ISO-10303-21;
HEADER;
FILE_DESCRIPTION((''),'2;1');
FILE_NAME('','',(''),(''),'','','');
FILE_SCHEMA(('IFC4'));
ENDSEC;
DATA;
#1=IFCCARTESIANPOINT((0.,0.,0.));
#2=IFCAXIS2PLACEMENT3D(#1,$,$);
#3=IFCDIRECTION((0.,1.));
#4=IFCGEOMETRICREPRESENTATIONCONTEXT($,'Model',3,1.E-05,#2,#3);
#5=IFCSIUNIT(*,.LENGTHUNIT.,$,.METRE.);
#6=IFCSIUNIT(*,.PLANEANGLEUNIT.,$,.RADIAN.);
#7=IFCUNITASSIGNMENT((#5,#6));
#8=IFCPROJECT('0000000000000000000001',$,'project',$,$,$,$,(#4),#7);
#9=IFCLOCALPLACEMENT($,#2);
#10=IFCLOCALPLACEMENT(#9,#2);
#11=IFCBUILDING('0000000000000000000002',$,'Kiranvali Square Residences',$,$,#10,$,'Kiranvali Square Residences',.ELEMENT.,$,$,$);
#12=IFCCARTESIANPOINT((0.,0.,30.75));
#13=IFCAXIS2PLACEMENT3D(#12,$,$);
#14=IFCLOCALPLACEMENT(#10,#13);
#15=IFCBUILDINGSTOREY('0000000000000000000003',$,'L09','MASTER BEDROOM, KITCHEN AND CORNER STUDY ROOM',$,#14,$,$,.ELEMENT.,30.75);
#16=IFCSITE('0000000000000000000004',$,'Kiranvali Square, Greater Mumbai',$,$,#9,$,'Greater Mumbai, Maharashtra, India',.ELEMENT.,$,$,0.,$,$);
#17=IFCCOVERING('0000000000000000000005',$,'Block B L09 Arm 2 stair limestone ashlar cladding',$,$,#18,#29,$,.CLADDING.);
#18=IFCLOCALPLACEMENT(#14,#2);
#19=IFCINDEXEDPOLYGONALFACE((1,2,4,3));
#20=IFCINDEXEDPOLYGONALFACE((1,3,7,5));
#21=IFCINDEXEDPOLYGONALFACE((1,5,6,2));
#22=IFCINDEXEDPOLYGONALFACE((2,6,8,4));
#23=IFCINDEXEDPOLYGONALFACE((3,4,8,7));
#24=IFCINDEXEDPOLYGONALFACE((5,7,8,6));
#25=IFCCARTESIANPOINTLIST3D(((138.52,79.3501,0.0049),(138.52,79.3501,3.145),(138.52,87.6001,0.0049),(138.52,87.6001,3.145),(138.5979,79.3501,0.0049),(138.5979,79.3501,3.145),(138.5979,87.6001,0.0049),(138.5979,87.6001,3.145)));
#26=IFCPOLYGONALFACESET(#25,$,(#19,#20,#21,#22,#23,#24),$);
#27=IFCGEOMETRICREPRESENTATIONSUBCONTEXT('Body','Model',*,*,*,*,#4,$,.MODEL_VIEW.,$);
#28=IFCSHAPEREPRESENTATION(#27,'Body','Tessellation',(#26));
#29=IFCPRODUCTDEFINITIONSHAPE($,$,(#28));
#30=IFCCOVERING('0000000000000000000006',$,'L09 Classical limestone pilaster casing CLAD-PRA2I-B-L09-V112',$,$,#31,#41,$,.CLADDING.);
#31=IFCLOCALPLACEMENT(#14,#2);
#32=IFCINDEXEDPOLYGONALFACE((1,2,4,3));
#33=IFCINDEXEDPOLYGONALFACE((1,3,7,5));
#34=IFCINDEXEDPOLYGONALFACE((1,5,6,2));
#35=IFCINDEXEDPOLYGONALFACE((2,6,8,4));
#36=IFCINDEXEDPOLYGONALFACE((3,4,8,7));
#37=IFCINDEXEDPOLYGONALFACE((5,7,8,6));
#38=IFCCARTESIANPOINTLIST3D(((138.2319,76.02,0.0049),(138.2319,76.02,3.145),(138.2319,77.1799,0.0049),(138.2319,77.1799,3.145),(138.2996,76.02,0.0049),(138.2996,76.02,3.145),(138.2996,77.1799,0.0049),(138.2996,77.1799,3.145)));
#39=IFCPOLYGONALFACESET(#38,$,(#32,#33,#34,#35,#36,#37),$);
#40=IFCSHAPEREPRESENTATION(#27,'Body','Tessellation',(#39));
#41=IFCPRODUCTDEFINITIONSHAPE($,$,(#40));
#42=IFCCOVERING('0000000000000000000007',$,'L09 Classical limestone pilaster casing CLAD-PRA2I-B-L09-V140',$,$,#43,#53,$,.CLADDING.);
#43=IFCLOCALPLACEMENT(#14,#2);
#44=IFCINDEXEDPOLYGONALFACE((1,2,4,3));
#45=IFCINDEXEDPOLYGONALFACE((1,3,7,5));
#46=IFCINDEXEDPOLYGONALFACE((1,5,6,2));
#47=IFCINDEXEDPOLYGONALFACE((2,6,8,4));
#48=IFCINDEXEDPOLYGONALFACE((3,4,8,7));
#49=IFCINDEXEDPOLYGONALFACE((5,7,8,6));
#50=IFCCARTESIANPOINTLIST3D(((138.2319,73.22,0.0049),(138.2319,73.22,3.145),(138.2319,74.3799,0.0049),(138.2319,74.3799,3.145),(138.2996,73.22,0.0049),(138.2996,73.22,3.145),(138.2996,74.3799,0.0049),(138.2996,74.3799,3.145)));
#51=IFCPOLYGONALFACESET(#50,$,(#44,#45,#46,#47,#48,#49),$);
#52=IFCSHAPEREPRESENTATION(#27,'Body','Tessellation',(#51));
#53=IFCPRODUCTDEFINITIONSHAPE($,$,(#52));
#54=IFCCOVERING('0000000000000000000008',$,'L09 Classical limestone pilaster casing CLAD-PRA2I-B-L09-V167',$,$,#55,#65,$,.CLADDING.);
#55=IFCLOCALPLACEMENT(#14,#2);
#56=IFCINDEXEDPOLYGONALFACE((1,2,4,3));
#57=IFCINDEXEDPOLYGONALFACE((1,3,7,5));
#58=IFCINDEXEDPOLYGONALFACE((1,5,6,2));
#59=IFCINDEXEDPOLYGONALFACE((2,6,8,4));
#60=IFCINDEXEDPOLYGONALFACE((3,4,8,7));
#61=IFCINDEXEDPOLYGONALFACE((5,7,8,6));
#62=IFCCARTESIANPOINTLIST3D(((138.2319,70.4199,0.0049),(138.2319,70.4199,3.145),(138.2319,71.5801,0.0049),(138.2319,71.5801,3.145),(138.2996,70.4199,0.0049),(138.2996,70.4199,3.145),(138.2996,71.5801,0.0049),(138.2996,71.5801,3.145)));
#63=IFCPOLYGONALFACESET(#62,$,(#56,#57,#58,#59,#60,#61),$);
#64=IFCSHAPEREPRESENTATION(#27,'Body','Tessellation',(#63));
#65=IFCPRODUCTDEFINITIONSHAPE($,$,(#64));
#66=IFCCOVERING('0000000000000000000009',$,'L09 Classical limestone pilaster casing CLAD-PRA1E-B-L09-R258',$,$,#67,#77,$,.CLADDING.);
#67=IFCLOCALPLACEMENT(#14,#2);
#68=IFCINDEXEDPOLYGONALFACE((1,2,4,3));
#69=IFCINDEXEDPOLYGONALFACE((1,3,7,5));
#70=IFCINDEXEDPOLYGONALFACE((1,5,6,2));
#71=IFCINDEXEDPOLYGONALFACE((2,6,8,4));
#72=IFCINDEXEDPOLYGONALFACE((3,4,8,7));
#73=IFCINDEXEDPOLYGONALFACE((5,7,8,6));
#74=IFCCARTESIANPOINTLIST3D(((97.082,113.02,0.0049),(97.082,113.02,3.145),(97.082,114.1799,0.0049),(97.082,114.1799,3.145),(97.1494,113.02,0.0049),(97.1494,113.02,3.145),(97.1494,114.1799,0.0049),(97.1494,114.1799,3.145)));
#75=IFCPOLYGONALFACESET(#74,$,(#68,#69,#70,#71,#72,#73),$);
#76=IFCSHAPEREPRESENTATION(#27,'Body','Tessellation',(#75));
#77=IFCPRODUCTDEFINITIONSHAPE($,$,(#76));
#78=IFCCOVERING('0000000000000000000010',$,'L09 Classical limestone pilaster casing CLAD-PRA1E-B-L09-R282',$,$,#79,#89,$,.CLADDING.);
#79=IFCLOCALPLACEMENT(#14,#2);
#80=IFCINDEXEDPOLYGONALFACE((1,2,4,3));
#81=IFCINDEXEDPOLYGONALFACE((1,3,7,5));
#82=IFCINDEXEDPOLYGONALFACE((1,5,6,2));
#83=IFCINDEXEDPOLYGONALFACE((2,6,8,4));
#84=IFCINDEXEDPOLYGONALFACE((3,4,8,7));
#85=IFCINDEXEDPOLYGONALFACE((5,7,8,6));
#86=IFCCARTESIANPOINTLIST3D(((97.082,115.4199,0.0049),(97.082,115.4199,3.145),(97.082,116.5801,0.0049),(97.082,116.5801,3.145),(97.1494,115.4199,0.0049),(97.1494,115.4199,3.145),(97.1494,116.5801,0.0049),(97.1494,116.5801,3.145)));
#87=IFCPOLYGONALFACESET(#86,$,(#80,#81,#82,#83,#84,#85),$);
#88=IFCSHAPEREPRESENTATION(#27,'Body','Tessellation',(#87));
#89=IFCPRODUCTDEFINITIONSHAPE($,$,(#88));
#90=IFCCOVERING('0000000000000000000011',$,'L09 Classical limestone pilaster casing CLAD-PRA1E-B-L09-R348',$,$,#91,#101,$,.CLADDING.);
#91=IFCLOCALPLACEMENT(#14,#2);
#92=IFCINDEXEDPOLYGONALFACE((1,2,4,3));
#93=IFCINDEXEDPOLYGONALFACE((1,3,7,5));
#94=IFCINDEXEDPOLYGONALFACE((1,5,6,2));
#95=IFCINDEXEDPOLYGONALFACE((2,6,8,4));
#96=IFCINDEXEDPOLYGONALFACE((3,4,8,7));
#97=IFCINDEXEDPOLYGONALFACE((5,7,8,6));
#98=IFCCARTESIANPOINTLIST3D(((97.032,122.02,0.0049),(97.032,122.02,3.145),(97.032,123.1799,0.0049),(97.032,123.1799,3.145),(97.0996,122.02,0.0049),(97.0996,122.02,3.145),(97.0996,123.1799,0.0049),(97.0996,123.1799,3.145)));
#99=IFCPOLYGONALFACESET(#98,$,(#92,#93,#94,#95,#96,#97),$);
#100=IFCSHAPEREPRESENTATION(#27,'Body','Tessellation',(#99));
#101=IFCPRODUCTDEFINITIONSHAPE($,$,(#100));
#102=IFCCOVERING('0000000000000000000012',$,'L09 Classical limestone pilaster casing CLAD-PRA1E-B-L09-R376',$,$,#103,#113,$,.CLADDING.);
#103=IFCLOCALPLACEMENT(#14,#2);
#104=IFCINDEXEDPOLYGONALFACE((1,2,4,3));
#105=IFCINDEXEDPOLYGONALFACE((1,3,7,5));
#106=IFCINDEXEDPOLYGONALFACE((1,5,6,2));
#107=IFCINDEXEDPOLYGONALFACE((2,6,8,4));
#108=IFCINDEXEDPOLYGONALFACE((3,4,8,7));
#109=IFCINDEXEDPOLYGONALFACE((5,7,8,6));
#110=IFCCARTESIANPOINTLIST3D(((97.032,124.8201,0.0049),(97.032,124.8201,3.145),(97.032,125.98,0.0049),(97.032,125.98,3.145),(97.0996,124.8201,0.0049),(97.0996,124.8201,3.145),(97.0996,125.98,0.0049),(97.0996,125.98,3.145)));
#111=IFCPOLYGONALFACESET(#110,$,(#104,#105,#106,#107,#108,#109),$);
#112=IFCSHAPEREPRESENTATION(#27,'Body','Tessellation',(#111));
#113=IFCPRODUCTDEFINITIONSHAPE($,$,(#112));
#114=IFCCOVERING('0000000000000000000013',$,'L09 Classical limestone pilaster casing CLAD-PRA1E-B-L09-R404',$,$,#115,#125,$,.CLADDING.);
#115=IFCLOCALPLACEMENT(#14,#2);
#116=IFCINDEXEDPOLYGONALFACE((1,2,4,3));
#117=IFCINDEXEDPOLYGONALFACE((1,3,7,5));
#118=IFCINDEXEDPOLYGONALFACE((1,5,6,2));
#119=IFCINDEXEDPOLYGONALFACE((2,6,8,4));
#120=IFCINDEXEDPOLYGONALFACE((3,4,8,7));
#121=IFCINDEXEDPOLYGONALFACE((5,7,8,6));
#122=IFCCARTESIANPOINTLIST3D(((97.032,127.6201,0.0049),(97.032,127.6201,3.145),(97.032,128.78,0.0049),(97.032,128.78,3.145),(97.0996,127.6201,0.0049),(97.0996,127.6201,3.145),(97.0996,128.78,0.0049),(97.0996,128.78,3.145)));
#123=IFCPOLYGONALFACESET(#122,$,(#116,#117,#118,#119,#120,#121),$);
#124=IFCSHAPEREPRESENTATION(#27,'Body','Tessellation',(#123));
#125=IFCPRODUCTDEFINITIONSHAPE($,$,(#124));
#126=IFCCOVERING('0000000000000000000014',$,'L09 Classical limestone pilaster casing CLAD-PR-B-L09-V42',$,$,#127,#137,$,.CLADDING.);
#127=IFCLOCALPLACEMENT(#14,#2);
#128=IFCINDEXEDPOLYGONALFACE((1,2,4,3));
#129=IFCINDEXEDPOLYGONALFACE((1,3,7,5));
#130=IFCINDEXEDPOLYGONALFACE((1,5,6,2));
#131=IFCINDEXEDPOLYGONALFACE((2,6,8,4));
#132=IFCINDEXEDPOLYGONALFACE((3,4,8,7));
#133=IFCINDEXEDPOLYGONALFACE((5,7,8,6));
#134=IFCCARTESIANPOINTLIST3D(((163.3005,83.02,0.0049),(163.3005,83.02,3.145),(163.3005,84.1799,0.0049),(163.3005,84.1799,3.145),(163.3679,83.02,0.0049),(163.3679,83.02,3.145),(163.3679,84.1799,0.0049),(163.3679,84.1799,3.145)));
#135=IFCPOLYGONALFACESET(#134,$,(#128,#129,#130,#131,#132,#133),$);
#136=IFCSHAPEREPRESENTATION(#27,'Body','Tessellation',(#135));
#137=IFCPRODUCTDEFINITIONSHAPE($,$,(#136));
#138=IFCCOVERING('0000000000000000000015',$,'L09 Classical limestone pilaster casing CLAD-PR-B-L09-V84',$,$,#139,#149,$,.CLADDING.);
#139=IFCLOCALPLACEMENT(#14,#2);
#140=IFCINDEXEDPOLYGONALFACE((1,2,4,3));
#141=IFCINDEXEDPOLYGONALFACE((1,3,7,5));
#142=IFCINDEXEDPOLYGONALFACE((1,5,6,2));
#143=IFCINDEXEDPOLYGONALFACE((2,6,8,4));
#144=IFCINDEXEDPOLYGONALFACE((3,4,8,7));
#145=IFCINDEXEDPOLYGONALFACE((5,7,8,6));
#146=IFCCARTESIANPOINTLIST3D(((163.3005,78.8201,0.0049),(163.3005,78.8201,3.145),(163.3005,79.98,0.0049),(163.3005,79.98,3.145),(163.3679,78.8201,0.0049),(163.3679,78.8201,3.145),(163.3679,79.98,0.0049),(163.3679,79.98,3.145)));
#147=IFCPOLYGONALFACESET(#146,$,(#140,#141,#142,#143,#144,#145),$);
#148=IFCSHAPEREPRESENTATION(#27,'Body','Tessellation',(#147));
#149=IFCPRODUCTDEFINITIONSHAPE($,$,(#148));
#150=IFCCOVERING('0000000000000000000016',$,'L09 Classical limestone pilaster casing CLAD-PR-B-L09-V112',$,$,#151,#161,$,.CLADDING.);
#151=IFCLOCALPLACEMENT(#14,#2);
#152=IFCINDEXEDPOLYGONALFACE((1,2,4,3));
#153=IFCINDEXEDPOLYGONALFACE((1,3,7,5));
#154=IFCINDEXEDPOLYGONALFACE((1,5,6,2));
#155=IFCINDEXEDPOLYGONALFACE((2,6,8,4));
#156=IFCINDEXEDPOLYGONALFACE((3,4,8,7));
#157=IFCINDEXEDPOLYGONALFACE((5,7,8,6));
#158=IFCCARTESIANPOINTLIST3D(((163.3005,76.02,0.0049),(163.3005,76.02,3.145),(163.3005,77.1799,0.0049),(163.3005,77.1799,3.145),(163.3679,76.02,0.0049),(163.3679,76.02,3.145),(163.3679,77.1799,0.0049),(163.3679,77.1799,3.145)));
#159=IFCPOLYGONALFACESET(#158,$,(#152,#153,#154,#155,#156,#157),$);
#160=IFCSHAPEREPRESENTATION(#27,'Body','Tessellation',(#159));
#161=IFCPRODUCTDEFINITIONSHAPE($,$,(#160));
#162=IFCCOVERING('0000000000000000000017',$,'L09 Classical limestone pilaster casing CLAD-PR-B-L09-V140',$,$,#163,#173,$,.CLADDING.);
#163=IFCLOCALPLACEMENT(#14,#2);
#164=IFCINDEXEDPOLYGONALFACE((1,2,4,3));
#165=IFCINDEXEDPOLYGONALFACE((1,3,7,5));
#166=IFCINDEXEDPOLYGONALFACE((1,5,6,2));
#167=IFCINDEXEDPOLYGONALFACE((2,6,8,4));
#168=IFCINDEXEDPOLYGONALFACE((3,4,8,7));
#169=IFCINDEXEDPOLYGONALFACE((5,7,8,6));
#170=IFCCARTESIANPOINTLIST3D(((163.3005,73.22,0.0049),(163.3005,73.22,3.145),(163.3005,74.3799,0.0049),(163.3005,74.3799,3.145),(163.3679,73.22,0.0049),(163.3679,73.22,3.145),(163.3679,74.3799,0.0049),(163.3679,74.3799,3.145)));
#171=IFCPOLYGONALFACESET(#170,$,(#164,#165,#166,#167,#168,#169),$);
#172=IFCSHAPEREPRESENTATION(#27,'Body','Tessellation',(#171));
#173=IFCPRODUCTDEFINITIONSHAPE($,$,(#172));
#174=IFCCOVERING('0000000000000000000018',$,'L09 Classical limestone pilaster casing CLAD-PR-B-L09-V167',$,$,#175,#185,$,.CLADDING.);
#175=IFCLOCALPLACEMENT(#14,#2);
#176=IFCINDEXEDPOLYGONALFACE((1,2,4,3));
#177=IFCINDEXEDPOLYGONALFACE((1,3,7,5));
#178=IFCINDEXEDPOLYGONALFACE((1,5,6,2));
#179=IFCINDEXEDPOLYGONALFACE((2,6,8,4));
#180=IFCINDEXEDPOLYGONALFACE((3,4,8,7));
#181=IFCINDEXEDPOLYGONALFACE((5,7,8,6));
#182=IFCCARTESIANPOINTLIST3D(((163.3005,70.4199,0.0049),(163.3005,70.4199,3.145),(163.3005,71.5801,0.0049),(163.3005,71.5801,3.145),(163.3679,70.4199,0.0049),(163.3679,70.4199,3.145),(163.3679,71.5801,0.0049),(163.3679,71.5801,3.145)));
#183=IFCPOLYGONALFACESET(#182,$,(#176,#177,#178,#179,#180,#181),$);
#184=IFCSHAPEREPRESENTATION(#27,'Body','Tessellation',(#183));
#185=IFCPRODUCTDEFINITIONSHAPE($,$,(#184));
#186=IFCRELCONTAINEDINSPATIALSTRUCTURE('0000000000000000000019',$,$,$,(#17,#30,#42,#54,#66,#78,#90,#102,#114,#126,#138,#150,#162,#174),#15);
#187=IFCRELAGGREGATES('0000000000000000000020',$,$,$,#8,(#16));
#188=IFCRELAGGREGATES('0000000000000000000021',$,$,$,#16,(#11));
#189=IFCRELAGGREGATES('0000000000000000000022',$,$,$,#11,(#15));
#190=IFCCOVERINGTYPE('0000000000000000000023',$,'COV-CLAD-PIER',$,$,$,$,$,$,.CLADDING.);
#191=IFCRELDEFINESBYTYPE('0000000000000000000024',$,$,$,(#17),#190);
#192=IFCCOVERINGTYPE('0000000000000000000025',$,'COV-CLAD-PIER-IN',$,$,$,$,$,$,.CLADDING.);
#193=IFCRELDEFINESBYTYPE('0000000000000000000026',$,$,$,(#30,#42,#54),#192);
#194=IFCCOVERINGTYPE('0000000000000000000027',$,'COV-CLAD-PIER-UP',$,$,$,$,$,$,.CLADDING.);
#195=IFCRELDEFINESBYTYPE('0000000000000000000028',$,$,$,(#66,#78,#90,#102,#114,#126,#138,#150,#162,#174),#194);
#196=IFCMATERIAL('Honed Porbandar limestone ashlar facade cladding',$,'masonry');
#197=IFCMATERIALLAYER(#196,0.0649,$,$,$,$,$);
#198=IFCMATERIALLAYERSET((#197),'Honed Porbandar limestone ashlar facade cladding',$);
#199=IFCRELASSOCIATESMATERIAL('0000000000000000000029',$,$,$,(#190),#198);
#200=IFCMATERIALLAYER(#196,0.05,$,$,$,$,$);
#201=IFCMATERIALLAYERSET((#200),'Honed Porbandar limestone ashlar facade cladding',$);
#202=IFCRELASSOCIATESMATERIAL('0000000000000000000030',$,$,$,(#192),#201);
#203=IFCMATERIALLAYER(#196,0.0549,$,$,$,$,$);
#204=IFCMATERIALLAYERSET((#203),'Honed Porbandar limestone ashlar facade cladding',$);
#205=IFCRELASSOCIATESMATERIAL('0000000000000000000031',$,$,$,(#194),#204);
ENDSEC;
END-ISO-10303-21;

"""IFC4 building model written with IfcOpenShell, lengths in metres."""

from ifc_helpers import new_model, si_unit, direction, frame, origin, place, context, subcontext, project, spatial, polyline, outline, extrude, material, layer, layer_set, type_object, element, save


model = new_model("IFC4")

# Units and contexts
model_context = context("Model", 3, precision=1e-05, world=origin(), true_north=direction((0.0, 1.0)))
body_context = subcontext(model_context, "Body", "Model", "MODEL_VIEW")
ifc_project = project(units=[si_unit("LENGTHUNIT", "METRE"), si_unit("PLANEANGLEUNIT", "RADIAN")], contexts=[model_context])

# Site, building, storey
site_placement = place(None, origin())
site = spatial("IfcSite", under=ifc_project, at=site_placement, Name="Kiranvali Square, Greater Mumbai", LongName="Greater Mumbai, Maharashtra, India", CompositionType="ELEMENT", RefElevation=0.0)
building_placement = place(site_placement, origin())
building = spatial("IfcBuilding", under=site, at=building_placement, Name="Kiranvali Square Residences", LongName="Kiranvali Square Residences", CompositionType="ELEMENT")
storey_placement = place(building_placement, frame((0.0, 0.0, 30.75)))
storey = spatial("IfcBuildingStorey", under=building, at=storey_placement, Name="L09", Description="MASTER BEDROOM, KITCHEN AND CORNER STUDY ROOM", CompositionType="ELEMENT", Elevation=30.75)

# Coverings
ifc_material = material(Name="Honed Porbandar limestone ashlar facade cladding", Category="masonry")
ifc_layer_1 = layer(ifc_material, 0.0649)
ifc_layer_set_1 = layer_set([ifc_layer_1], Name="Honed Porbandar limestone ashlar facade cladding")
covering_type_1 = type_object("IfcCoveringType", Name="COV-CLAD-PIER", PredefinedType="CLADDING", material=ifc_layer_set_1)
covering_1_placement = place(storey_placement, frame((0.0, 0.0, 0.0049)))
element("IfcCovering", 1, at=covering_1_placement, inside=storey, type_object=covering_type_1, Name="Block B L09 Arm 2 stair limestone ashlar cladding", PredefinedType="CLADDING", context=body_context, shape_type="SweptSolid", body=[
    extrude(outline(polyline([(138.52, 87.6001), (138.52, 79.3501), (138.5979, 79.3501), (138.5979, 87.6001), (138.52, 87.6001)])), origin(), (0.0, 0.0, 1.0), 3.1401),
])
ifc_layer_2 = layer(ifc_material, 0.05)
ifc_layer_set_2 = layer_set([ifc_layer_2], Name="Honed Porbandar limestone ashlar facade cladding")
covering_type_2 = type_object("IfcCoveringType", Name="COV-CLAD-PIER-IN", PredefinedType="CLADDING", material=ifc_layer_set_2)
covering_2_placement = place(storey_placement, frame((0.0, 0.0, 0.0049)))
element("IfcCovering", 2, at=covering_2_placement, inside=storey, type_object=covering_type_2, Name="L09 Classical limestone pilaster casing CLAD-PRA2I-B-L09-V112", PredefinedType="CLADDING", context=body_context, shape_type="SweptSolid", body=[
    extrude(outline(polyline([(138.2319, 77.1799), (138.2319, 76.02), (138.2996, 76.02), (138.2996, 77.1799), (138.2319, 77.1799)])), origin(), (0.0, 0.0, 1.0), 3.1401),
])
covering_3_placement = place(storey_placement, frame((0.0, 0.0, 0.0049)))
element("IfcCovering", 3, at=covering_3_placement, inside=storey, type_object=covering_type_2, Name="L09 Classical limestone pilaster casing CLAD-PRA2I-B-L09-V140", PredefinedType="CLADDING", context=body_context, shape_type="SweptSolid", body=[
    extrude(outline(polyline([(138.2319, 74.3799), (138.2319, 73.22), (138.2996, 73.22), (138.2996, 74.3799), (138.2319, 74.3799)])), origin(), (0.0, 0.0, 1.0), 3.1401),
])
covering_4_placement = place(storey_placement, frame((0.0, 0.0, 0.0049)))
element("IfcCovering", 4, at=covering_4_placement, inside=storey, type_object=covering_type_2, Name="L09 Classical limestone pilaster casing CLAD-PRA2I-B-L09-V167", PredefinedType="CLADDING", context=body_context, shape_type="SweptSolid", body=[
    extrude(outline(polyline([(138.2319, 71.5801), (138.2319, 70.4199), (138.2996, 70.4199), (138.2996, 71.5801), (138.2319, 71.5801)])), origin(), (0.0, 0.0, 1.0), 3.1401),
])
ifc_layer_3 = layer(ifc_material, 0.0549)
ifc_layer_set_3 = layer_set([ifc_layer_3], Name="Honed Porbandar limestone ashlar facade cladding")
covering_type_3 = type_object("IfcCoveringType", Name="COV-CLAD-PIER-UP", PredefinedType="CLADDING", material=ifc_layer_set_3)
covering_5_placement = place(storey_placement, frame((0.0, 0.0, 0.0049)))
element("IfcCovering", 5, at=covering_5_placement, inside=storey, type_object=covering_type_3, Name="L09 Classical limestone pilaster casing CLAD-PRA1E-B-L09-R258", PredefinedType="CLADDING", context=body_context, shape_type="SweptSolid", body=[
    extrude(outline(polyline([(97.1494, 113.02), (97.1494, 114.1799), (97.082, 114.1799), (97.082, 113.02), (97.1494, 113.02)])), origin(), (0.0, 0.0, 1.0), 3.1401),
])
covering_6_placement = place(storey_placement, frame((0.0, 0.0, 0.0049)))
element("IfcCovering", 6, at=covering_6_placement, inside=storey, type_object=covering_type_3, Name="L09 Classical limestone pilaster casing CLAD-PRA1E-B-L09-R282", PredefinedType="CLADDING", context=body_context, shape_type="SweptSolid", body=[
    extrude(outline(polyline([(97.1494, 115.4199), (97.1494, 116.5801), (97.082, 116.5801), (97.082, 115.4199), (97.1494, 115.4199)])), origin(), (0.0, 0.0, 1.0), 3.1401),
])
covering_7_placement = place(storey_placement, frame((0.0, 0.0, 0.0049)))
element("IfcCovering", 7, at=covering_7_placement, inside=storey, type_object=covering_type_3, Name="L09 Classical limestone pilaster casing CLAD-PRA1E-B-L09-R348", PredefinedType="CLADDING", context=body_context, shape_type="SweptSolid", body=[
    extrude(outline(polyline([(97.0996, 122.02), (97.0996, 123.1799), (97.032, 123.1799), (97.032, 122.02), (97.0996, 122.02)])), origin(), (0.0, 0.0, 1.0), 3.1401),
])
covering_8_placement = place(storey_placement, frame((0.0, 0.0, 0.0049)))
element("IfcCovering", 8, at=covering_8_placement, inside=storey, type_object=covering_type_3, Name="L09 Classical limestone pilaster casing CLAD-PRA1E-B-L09-R376", PredefinedType="CLADDING", context=body_context, shape_type="SweptSolid", body=[
    extrude(outline(polyline([(97.0996, 124.8201), (97.0996, 125.98), (97.032, 125.98), (97.032, 124.8201), (97.0996, 124.8201)])), origin(), (0.0, 0.0, 1.0), 3.1401),
])
covering_9_placement = place(storey_placement, frame((0.0, 0.0, 0.0049)))
element("IfcCovering", 9, at=covering_9_placement, inside=storey, type_object=covering_type_3, Name="L09 Classical limestone pilaster casing CLAD-PRA1E-B-L09-R404", PredefinedType="CLADDING", context=body_context, shape_type="SweptSolid", body=[
    extrude(outline(polyline([(97.0996, 127.6201), (97.0996, 128.78), (97.032, 128.78), (97.032, 127.6201), (97.0996, 127.6201)])), origin(), (0.0, 0.0, 1.0), 3.1401),
])
covering_10_placement = place(storey_placement, frame((0.0, 0.0, 0.0049)))
element("IfcCovering", 10, at=covering_10_placement, inside=storey, type_object=covering_type_3, Name="L09 Classical limestone pilaster casing CLAD-PR-B-L09-V42", PredefinedType="CLADDING", context=body_context, shape_type="SweptSolid", body=[
    extrude(outline(polyline([(163.3005, 84.1799), (163.3005, 83.02), (163.3679, 83.02), (163.3679, 84.1799), (163.3005, 84.1799)])), origin(), (0.0, 0.0, 1.0), 3.1401),
])
covering_11_placement = place(storey_placement, frame((0.0, 0.0, 0.0049)))
element("IfcCovering", 11, at=covering_11_placement, inside=storey, type_object=covering_type_3, Name="L09 Classical limestone pilaster casing CLAD-PR-B-L09-V84", PredefinedType="CLADDING", context=body_context, shape_type="SweptSolid", body=[
    extrude(outline(polyline([(163.3005, 79.98), (163.3005, 78.8201), (163.3679, 78.8201), (163.3679, 79.98), (163.3005, 79.98)])), origin(), (0.0, 0.0, 1.0), 3.1401),
])
covering_12_placement = place(storey_placement, frame((0.0, 0.0, 0.0049)))
element("IfcCovering", 12, at=covering_12_placement, inside=storey, type_object=covering_type_3, Name="L09 Classical limestone pilaster casing CLAD-PR-B-L09-V112", PredefinedType="CLADDING", context=body_context, shape_type="SweptSolid", body=[
    extrude(outline(polyline([(163.3005, 77.1799), (163.3005, 76.02), (163.3679, 76.02), (163.3679, 77.1799), (163.3005, 77.1799)])), origin(), (0.0, 0.0, 1.0), 3.1401),
])
covering_13_placement = place(storey_placement, frame((0.0, 0.0, 0.0049)))
element("IfcCovering", 13, at=covering_13_placement, inside=storey, type_object=covering_type_3, Name="L09 Classical limestone pilaster casing CLAD-PR-B-L09-V140", PredefinedType="CLADDING", context=body_context, shape_type="SweptSolid", body=[
    extrude(outline(polyline([(163.3005, 74.3799), (163.3005, 73.22), (163.3679, 73.22), (163.3679, 74.3799), (163.3005, 74.3799)])), origin(), (0.0, 0.0, 1.0), 3.1401),
])
covering_14_placement = place(storey_placement, frame((0.0, 0.0, 0.0049)))
element("IfcCovering", 14, at=covering_14_placement, inside=storey, type_object=covering_type_3, Name="L09 Classical limestone pilaster casing CLAD-PR-B-L09-V167", PredefinedType="CLADDING", context=body_context, shape_type="SweptSolid", body=[
    extrude(outline(polyline([(163.3005, 71.5801), (163.3005, 70.4199), (163.3679, 70.4199), (163.3679, 71.5801), (163.3005, 71.5801)])), origin(), (0.0, 0.0, 1.0), 3.1401),
])

save(model, "model.ifc")
